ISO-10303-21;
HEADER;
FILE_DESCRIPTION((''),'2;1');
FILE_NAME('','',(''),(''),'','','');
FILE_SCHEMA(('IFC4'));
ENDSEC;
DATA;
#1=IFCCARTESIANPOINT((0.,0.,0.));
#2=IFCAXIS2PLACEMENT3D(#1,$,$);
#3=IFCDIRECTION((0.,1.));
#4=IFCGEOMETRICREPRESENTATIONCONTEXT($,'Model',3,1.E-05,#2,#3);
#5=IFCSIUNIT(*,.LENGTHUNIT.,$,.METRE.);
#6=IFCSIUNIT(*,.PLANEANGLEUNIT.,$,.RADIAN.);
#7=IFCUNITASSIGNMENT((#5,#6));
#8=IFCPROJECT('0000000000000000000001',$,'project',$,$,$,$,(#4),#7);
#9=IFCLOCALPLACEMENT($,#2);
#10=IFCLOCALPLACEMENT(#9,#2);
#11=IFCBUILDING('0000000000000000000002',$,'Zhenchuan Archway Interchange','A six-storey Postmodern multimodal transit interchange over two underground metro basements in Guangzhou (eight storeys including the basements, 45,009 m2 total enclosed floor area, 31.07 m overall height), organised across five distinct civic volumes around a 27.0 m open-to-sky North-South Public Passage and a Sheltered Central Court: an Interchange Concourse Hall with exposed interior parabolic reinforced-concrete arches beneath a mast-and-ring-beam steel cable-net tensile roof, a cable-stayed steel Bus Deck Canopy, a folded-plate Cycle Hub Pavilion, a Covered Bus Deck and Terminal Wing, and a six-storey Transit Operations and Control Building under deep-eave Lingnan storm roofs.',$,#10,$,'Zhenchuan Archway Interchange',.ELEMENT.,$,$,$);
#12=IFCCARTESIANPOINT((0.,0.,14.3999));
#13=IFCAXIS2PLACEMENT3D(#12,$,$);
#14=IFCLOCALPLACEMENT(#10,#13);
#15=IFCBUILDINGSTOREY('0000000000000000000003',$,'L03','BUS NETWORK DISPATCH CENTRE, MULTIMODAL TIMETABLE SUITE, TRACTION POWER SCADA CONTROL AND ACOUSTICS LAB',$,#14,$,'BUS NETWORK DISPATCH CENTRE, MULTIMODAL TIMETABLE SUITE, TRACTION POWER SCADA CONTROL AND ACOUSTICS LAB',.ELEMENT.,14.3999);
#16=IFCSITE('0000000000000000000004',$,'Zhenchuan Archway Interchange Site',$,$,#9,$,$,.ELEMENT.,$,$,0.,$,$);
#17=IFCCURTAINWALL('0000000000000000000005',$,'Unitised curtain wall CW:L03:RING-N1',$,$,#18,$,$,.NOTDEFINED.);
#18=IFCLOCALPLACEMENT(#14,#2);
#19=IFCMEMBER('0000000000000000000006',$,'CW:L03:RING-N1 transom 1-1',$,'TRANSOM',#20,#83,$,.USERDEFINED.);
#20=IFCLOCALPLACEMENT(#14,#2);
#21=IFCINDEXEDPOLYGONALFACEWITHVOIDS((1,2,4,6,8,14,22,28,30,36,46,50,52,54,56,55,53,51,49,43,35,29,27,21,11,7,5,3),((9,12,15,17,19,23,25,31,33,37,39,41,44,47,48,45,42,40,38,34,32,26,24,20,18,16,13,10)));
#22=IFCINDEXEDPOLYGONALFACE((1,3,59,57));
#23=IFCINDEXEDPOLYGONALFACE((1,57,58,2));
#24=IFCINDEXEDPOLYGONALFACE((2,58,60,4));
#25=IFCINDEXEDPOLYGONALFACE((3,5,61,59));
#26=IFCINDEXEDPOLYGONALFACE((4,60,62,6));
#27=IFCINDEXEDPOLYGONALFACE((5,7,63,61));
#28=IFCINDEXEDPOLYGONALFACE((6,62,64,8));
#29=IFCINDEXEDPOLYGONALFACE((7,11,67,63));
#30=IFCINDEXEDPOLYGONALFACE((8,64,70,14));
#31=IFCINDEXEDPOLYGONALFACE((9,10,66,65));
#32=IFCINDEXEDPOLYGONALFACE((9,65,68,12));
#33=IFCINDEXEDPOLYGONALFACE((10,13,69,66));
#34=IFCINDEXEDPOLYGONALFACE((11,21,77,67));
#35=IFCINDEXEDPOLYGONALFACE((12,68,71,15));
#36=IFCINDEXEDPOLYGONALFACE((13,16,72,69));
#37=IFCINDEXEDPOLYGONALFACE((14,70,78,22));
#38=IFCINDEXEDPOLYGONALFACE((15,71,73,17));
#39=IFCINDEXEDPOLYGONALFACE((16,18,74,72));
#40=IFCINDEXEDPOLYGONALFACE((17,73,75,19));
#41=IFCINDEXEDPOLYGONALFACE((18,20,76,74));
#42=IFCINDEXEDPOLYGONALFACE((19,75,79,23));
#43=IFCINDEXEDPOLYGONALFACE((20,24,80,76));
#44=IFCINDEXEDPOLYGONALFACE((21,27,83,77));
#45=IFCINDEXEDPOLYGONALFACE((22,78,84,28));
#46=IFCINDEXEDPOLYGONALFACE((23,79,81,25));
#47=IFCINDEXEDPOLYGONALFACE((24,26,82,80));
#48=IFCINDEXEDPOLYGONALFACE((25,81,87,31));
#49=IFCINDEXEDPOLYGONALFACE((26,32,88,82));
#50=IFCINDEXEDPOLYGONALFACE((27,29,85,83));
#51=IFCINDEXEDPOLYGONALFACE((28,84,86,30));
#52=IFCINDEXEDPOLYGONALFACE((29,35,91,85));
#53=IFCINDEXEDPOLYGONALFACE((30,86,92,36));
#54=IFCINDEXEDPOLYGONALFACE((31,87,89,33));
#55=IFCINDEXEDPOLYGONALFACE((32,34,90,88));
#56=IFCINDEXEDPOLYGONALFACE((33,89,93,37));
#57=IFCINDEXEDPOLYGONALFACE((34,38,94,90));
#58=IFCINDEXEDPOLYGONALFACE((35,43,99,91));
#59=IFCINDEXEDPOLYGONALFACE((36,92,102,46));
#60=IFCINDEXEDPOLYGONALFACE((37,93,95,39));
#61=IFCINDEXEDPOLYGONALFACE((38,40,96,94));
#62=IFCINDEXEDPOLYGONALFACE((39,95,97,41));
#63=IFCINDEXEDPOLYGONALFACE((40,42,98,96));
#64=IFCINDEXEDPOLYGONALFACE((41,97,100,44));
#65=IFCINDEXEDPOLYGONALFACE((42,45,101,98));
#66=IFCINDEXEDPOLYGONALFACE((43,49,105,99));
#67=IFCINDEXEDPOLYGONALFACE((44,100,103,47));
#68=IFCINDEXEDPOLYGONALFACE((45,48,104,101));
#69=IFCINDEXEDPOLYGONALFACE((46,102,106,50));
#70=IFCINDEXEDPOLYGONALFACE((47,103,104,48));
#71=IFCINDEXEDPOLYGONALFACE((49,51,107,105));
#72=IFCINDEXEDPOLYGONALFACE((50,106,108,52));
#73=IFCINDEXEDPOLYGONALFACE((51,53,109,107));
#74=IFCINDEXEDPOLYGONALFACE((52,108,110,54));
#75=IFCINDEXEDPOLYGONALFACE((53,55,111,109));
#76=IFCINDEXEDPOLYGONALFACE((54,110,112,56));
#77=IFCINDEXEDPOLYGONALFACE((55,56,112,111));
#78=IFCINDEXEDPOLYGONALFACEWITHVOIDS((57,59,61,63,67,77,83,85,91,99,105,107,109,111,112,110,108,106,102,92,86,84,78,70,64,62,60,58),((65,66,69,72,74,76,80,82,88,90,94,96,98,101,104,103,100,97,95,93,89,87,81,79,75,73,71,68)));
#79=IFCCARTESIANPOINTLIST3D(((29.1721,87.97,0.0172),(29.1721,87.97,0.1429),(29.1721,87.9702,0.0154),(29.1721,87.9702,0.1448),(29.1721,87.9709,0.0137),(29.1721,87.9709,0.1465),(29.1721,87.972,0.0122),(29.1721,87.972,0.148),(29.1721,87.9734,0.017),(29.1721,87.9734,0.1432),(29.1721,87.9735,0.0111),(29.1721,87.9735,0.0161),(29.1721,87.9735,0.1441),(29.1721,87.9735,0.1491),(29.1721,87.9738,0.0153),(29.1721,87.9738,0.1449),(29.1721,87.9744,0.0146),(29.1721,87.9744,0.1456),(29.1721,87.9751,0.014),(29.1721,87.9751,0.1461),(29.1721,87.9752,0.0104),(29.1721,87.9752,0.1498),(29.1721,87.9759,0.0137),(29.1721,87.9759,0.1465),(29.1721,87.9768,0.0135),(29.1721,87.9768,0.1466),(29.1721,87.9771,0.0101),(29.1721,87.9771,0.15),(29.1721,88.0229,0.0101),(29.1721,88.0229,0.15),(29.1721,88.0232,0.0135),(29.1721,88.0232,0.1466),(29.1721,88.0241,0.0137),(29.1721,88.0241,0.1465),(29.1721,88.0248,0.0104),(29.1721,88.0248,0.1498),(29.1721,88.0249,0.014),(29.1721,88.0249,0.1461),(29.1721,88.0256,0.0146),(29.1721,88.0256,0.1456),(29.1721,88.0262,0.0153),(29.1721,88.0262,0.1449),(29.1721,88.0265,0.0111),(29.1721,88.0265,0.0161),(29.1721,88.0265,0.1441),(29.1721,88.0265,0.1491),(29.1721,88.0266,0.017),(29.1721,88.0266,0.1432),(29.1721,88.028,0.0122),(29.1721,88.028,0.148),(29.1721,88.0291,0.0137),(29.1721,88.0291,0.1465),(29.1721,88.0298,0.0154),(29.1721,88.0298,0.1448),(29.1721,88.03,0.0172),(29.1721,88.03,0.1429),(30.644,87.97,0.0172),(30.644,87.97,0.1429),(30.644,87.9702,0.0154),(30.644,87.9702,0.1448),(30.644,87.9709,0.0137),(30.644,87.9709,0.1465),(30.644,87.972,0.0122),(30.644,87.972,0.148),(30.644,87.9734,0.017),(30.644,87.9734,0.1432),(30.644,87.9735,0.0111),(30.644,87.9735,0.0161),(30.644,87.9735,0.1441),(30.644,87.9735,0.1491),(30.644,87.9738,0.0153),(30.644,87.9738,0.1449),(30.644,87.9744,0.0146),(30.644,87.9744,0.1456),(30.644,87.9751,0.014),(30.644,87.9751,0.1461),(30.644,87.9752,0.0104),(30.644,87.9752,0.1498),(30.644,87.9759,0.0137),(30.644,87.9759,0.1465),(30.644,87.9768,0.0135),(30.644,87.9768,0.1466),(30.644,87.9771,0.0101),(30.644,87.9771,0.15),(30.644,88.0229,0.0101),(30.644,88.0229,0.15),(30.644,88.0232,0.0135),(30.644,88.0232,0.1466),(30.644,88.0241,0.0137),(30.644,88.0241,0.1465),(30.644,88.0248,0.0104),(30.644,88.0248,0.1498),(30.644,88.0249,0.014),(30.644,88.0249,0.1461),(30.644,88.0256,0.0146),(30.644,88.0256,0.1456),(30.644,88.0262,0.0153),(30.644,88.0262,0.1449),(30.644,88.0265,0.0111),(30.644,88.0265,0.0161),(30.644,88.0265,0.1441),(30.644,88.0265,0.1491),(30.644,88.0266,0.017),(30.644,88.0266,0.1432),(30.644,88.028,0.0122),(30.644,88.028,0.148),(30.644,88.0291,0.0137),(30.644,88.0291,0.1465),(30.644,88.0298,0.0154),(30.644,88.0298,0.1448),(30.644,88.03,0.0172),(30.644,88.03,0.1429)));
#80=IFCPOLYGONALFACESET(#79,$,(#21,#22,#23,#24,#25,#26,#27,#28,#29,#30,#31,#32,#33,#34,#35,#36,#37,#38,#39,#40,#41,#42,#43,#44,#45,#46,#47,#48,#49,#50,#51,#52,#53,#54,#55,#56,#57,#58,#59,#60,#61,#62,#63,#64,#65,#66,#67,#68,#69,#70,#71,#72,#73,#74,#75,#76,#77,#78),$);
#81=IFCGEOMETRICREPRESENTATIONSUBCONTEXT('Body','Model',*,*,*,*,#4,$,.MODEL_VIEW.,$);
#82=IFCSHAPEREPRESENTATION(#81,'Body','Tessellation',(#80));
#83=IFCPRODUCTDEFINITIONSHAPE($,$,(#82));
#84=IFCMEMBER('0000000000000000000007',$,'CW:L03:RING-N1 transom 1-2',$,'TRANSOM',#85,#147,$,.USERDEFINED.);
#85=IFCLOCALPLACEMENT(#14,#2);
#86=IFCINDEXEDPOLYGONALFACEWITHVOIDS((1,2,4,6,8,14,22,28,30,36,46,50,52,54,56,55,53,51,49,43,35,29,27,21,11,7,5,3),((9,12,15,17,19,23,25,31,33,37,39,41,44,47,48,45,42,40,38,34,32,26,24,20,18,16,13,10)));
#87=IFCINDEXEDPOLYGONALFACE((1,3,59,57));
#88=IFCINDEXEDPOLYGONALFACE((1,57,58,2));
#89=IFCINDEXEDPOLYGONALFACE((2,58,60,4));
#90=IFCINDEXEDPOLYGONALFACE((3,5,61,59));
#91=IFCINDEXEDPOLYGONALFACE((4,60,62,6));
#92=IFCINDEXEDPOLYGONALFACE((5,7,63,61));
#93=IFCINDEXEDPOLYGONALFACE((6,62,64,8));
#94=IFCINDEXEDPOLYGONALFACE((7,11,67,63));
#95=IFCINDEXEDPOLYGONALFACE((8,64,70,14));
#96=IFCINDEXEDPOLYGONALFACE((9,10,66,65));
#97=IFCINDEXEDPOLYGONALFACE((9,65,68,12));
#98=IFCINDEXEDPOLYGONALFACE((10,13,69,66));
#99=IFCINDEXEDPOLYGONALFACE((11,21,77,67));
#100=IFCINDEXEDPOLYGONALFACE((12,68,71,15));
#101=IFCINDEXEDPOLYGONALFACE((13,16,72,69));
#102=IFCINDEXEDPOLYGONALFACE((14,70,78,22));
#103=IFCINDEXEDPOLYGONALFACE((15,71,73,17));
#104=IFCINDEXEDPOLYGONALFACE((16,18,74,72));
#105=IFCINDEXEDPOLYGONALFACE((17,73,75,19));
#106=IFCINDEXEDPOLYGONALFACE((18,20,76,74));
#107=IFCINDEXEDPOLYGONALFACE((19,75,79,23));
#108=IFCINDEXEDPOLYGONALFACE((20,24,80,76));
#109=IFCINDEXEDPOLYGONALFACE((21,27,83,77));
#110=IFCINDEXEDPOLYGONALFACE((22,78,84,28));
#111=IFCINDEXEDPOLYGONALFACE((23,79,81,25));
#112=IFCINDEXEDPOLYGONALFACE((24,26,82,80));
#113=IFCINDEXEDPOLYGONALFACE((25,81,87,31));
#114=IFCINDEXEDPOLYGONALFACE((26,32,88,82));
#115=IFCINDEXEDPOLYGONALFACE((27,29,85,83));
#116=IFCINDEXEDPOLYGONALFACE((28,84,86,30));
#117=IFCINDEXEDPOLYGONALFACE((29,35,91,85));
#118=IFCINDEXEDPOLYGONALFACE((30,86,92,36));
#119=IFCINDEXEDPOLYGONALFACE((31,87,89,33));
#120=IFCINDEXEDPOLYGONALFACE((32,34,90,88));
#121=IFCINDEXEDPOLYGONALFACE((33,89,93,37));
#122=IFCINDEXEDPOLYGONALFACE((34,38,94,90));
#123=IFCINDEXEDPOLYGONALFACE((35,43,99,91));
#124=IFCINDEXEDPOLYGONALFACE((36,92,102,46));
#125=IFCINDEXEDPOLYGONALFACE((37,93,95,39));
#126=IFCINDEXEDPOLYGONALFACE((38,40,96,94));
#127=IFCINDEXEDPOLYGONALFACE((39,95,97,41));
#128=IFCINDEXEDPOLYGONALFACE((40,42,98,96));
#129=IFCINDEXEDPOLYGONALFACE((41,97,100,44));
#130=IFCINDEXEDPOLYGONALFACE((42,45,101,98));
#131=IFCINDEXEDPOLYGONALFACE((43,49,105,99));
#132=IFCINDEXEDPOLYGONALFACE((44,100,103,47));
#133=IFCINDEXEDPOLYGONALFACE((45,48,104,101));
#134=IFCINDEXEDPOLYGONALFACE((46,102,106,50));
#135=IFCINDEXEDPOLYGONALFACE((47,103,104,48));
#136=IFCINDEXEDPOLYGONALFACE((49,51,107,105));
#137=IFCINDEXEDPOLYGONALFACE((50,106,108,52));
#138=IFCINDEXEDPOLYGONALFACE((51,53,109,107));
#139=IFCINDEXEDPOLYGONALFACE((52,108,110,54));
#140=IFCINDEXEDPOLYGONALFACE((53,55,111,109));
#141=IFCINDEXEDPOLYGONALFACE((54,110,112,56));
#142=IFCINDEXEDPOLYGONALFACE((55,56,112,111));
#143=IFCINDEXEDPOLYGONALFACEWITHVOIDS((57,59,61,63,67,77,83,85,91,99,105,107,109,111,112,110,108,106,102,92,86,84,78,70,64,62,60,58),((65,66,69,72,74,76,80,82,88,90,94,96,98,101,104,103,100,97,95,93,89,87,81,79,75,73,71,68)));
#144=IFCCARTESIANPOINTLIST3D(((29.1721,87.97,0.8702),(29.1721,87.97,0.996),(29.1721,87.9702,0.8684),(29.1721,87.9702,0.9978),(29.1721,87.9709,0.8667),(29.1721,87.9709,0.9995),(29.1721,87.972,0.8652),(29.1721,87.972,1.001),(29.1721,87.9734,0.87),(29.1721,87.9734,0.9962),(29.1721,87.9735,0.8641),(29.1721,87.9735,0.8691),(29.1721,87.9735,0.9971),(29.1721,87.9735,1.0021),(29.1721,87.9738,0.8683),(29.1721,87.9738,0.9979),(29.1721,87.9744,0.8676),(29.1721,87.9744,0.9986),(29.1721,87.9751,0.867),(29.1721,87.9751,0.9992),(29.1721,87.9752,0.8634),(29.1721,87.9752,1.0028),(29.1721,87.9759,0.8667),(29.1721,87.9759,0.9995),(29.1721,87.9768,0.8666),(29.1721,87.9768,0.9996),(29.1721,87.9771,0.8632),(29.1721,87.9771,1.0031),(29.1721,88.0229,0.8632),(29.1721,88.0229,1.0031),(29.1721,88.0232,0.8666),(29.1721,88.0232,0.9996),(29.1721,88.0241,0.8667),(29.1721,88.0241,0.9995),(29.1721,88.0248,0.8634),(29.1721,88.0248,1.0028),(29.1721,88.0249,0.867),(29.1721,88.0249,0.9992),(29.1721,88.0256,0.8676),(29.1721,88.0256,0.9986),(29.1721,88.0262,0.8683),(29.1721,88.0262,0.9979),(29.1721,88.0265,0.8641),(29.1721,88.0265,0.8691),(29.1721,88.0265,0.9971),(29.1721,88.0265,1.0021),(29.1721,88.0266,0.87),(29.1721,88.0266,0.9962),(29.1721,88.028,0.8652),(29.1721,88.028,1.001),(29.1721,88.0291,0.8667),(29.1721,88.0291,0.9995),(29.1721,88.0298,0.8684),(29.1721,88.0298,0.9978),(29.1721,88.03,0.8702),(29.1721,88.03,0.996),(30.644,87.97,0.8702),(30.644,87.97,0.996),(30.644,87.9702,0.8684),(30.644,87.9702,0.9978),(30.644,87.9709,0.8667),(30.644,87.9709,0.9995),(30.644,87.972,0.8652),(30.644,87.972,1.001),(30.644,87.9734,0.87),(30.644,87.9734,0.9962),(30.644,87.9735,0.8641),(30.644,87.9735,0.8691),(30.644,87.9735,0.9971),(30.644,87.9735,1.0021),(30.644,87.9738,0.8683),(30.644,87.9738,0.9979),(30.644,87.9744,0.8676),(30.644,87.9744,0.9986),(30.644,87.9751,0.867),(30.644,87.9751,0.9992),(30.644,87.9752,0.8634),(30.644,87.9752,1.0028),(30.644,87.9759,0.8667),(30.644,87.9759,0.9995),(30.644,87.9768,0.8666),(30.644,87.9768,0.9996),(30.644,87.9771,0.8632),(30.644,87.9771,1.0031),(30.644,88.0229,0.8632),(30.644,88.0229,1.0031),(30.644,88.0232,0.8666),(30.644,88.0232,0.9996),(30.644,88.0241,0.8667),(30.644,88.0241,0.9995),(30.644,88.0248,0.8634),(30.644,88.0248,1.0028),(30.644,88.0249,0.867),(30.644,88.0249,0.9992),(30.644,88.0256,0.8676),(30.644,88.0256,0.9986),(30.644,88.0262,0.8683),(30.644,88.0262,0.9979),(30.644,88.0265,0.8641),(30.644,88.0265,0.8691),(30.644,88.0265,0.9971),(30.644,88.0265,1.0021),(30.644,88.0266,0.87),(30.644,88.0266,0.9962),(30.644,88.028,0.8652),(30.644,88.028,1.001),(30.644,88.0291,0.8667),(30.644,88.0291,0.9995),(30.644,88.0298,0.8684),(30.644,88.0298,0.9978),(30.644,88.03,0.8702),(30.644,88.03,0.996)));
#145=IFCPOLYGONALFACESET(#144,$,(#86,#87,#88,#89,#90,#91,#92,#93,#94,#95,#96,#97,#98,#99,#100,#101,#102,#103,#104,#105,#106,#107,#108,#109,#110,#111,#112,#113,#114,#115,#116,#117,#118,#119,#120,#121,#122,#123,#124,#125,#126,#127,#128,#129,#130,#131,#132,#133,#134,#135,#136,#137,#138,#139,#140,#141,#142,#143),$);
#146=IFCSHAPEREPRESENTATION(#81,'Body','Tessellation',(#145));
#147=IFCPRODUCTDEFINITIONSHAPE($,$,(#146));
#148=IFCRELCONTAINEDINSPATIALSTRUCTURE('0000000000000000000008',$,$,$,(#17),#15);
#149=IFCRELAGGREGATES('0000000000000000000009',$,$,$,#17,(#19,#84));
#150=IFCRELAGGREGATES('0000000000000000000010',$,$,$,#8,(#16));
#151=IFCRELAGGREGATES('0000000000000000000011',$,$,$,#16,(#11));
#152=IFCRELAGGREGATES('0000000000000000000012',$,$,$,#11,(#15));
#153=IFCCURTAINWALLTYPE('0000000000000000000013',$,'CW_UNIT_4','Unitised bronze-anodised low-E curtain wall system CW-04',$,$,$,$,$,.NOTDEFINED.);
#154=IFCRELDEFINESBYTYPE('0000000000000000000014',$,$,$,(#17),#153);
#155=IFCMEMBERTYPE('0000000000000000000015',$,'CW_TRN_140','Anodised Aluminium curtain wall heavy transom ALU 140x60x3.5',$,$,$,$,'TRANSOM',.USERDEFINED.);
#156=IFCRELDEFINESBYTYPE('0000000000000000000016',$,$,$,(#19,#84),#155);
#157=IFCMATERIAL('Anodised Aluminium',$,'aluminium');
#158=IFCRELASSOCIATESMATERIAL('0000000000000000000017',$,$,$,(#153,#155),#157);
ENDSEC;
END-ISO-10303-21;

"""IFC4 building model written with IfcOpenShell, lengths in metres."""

from ifc_helpers import new_model, si_unit, direction, frame, origin, origin_2d, place, context, subcontext, project, spatial, hollow_rectangle, extrude, material, material_profile, profile_set, type_object, element, aggregate, save


model = new_model("IFC4")

# Units and contexts
model_context = context("Model", 3, precision=1e-05, world=origin(), true_north=direction((0.0, 1.0)))
body_context = subcontext(model_context, "Body", "Model", "MODEL_VIEW")
ifc_project = project(units=[si_unit("LENGTHUNIT", "METRE"), si_unit("PLANEANGLEUNIT", "RADIAN")], contexts=[model_context])

# Site, building, storey
site_placement = place(None, origin())
site = spatial("IfcSite", under=ifc_project, at=site_placement, Name="Zhenchuan Archway Interchange Site", CompositionType="ELEMENT", RefElevation=0.0)
building_placement = place(site_placement, origin())
building = spatial("IfcBuilding", under=site, at=building_placement, Name="Zhenchuan Archway Interchange", Description="A six-storey Postmodern multimodal transit interchange over two underground metro basements in Guangzhou (eight storeys including the basements, 45,009 m2 total enclosed floor area, 31.07 m overall height), organised across five distinct civic volumes around a 27.0 m open-to-sky North-South Public Passage and a Sheltered Central Court: an Interchange Concourse Hall with exposed interior parabolic reinforced-concrete arches beneath a mast-and-ring-beam steel cable-net tensile roof, a cable-stayed steel Bus Deck Canopy, a folded-plate Cycle Hub Pavilion, a Covered Bus Deck and Terminal Wing, and a six-storey Transit Operations and Control Building under deep-eave Lingnan storm roofs.", LongName="Zhenchuan Archway Interchange", CompositionType="ELEMENT")
storey_placement = place(building_placement, frame((0.0, 0.0, 14.3999)))
storey = spatial("IfcBuildingStorey", under=building, at=storey_placement, Name="L03", Description="BUS NETWORK DISPATCH CENTRE, MULTIMODAL TIMETABLE SUITE, TRACTION POWER SCADA CONTROL AND ACOUSTICS LAB", LongName="BUS NETWORK DISPATCH CENTRE, MULTIMODAL TIMETABLE SUITE, TRACTION POWER SCADA CONTROL AND ACOUSTICS LAB", CompositionType="ELEMENT", Elevation=14.3999)

# Curtain wall, members
ifc_material_1 = material(Name="Anodised Aluminium", Category="aluminium")
curtain_wall_type = type_object("IfcCurtainWallType", Name="CW_UNIT_4", Description="Unitised bronze-anodised low-E curtain wall system CW-04", PredefinedType="NOTDEFINED", material=ifc_material_1)
curtain_wall_placement = place(storey_placement, origin())
curtain_wall = element("IfcCurtainWall", 1, at=curtain_wall_placement, inside=storey, type_object=curtain_wall_type, Name="Unitised curtain wall CW:L03:RING-N1", PredefinedType="NOTDEFINED")
ifc_material_profile_1 = material_profile(ifc_material_1, hollow_rectangle(XDim=0.0601, YDim=0.1399, WallThickness=0.0034, InnerFilletRadius=0.0034, OuterFilletRadius=0.0071, at=origin_2d()), Name="ALU 140x60x3.5")
ifc_profile_set_1 = profile_set([ifc_material_profile_1], Name="Anodised Aluminium")
member_type_1 = type_object("IfcMemberType", Name="CW_TRN_140", Description="Anodised Aluminium curtain wall heavy transom ALU 140x60x3.5", ElementType="TRANSOM", PredefinedType="USERDEFINED", material=ifc_profile_set_1)
member_1_placement = place(storey_placement, frame((29.1721, 88.0, 0.0801), z_axis=(1.0, 0.0, 0.0), x_axis=(0.0, 1.0, 0.0)))
member_1 = element("IfcMember", 2, at=member_1_placement, type_object=member_type_1, Name="CW:L03:RING-N1 transom 1-1", ObjectType="TRANSOM", PredefinedType="USERDEFINED", context=body_context, shape_type="SweptSolid", body=[
    extrude(hollow_rectangle(XDim=0.0601, YDim=0.1399, WallThickness=0.0034, InnerFilletRadius=0.0034, OuterFilletRadius=0.0071, at=origin_2d()), origin(), (0.0, 0.0, 1.0), 1.4719),
])
member_2_placement = place(storey_placement, frame((29.1721, 88.0, 0.9331), z_axis=(1.0, 0.0, 0.0), x_axis=(0.0, 1.0, 0.0)))
member_2 = element("IfcMember", 3, at=member_2_placement, type_object=member_type_1, Name="CW:L03:RING-N1 transom 1-2", ObjectType="TRANSOM", PredefinedType="USERDEFINED", context=body_context, shape_type="SweptSolid", body=[
    extrude(hollow_rectangle(XDim=0.0601, YDim=0.1399, WallThickness=0.0034, InnerFilletRadius=0.0034, OuterFilletRadius=0.0071, at=origin_2d()), origin(), (0.0, 0.0, 1.0), 1.4719),
])

aggregate(curtain_wall, [member_1, member_2])

save(model, "model.ifc")
